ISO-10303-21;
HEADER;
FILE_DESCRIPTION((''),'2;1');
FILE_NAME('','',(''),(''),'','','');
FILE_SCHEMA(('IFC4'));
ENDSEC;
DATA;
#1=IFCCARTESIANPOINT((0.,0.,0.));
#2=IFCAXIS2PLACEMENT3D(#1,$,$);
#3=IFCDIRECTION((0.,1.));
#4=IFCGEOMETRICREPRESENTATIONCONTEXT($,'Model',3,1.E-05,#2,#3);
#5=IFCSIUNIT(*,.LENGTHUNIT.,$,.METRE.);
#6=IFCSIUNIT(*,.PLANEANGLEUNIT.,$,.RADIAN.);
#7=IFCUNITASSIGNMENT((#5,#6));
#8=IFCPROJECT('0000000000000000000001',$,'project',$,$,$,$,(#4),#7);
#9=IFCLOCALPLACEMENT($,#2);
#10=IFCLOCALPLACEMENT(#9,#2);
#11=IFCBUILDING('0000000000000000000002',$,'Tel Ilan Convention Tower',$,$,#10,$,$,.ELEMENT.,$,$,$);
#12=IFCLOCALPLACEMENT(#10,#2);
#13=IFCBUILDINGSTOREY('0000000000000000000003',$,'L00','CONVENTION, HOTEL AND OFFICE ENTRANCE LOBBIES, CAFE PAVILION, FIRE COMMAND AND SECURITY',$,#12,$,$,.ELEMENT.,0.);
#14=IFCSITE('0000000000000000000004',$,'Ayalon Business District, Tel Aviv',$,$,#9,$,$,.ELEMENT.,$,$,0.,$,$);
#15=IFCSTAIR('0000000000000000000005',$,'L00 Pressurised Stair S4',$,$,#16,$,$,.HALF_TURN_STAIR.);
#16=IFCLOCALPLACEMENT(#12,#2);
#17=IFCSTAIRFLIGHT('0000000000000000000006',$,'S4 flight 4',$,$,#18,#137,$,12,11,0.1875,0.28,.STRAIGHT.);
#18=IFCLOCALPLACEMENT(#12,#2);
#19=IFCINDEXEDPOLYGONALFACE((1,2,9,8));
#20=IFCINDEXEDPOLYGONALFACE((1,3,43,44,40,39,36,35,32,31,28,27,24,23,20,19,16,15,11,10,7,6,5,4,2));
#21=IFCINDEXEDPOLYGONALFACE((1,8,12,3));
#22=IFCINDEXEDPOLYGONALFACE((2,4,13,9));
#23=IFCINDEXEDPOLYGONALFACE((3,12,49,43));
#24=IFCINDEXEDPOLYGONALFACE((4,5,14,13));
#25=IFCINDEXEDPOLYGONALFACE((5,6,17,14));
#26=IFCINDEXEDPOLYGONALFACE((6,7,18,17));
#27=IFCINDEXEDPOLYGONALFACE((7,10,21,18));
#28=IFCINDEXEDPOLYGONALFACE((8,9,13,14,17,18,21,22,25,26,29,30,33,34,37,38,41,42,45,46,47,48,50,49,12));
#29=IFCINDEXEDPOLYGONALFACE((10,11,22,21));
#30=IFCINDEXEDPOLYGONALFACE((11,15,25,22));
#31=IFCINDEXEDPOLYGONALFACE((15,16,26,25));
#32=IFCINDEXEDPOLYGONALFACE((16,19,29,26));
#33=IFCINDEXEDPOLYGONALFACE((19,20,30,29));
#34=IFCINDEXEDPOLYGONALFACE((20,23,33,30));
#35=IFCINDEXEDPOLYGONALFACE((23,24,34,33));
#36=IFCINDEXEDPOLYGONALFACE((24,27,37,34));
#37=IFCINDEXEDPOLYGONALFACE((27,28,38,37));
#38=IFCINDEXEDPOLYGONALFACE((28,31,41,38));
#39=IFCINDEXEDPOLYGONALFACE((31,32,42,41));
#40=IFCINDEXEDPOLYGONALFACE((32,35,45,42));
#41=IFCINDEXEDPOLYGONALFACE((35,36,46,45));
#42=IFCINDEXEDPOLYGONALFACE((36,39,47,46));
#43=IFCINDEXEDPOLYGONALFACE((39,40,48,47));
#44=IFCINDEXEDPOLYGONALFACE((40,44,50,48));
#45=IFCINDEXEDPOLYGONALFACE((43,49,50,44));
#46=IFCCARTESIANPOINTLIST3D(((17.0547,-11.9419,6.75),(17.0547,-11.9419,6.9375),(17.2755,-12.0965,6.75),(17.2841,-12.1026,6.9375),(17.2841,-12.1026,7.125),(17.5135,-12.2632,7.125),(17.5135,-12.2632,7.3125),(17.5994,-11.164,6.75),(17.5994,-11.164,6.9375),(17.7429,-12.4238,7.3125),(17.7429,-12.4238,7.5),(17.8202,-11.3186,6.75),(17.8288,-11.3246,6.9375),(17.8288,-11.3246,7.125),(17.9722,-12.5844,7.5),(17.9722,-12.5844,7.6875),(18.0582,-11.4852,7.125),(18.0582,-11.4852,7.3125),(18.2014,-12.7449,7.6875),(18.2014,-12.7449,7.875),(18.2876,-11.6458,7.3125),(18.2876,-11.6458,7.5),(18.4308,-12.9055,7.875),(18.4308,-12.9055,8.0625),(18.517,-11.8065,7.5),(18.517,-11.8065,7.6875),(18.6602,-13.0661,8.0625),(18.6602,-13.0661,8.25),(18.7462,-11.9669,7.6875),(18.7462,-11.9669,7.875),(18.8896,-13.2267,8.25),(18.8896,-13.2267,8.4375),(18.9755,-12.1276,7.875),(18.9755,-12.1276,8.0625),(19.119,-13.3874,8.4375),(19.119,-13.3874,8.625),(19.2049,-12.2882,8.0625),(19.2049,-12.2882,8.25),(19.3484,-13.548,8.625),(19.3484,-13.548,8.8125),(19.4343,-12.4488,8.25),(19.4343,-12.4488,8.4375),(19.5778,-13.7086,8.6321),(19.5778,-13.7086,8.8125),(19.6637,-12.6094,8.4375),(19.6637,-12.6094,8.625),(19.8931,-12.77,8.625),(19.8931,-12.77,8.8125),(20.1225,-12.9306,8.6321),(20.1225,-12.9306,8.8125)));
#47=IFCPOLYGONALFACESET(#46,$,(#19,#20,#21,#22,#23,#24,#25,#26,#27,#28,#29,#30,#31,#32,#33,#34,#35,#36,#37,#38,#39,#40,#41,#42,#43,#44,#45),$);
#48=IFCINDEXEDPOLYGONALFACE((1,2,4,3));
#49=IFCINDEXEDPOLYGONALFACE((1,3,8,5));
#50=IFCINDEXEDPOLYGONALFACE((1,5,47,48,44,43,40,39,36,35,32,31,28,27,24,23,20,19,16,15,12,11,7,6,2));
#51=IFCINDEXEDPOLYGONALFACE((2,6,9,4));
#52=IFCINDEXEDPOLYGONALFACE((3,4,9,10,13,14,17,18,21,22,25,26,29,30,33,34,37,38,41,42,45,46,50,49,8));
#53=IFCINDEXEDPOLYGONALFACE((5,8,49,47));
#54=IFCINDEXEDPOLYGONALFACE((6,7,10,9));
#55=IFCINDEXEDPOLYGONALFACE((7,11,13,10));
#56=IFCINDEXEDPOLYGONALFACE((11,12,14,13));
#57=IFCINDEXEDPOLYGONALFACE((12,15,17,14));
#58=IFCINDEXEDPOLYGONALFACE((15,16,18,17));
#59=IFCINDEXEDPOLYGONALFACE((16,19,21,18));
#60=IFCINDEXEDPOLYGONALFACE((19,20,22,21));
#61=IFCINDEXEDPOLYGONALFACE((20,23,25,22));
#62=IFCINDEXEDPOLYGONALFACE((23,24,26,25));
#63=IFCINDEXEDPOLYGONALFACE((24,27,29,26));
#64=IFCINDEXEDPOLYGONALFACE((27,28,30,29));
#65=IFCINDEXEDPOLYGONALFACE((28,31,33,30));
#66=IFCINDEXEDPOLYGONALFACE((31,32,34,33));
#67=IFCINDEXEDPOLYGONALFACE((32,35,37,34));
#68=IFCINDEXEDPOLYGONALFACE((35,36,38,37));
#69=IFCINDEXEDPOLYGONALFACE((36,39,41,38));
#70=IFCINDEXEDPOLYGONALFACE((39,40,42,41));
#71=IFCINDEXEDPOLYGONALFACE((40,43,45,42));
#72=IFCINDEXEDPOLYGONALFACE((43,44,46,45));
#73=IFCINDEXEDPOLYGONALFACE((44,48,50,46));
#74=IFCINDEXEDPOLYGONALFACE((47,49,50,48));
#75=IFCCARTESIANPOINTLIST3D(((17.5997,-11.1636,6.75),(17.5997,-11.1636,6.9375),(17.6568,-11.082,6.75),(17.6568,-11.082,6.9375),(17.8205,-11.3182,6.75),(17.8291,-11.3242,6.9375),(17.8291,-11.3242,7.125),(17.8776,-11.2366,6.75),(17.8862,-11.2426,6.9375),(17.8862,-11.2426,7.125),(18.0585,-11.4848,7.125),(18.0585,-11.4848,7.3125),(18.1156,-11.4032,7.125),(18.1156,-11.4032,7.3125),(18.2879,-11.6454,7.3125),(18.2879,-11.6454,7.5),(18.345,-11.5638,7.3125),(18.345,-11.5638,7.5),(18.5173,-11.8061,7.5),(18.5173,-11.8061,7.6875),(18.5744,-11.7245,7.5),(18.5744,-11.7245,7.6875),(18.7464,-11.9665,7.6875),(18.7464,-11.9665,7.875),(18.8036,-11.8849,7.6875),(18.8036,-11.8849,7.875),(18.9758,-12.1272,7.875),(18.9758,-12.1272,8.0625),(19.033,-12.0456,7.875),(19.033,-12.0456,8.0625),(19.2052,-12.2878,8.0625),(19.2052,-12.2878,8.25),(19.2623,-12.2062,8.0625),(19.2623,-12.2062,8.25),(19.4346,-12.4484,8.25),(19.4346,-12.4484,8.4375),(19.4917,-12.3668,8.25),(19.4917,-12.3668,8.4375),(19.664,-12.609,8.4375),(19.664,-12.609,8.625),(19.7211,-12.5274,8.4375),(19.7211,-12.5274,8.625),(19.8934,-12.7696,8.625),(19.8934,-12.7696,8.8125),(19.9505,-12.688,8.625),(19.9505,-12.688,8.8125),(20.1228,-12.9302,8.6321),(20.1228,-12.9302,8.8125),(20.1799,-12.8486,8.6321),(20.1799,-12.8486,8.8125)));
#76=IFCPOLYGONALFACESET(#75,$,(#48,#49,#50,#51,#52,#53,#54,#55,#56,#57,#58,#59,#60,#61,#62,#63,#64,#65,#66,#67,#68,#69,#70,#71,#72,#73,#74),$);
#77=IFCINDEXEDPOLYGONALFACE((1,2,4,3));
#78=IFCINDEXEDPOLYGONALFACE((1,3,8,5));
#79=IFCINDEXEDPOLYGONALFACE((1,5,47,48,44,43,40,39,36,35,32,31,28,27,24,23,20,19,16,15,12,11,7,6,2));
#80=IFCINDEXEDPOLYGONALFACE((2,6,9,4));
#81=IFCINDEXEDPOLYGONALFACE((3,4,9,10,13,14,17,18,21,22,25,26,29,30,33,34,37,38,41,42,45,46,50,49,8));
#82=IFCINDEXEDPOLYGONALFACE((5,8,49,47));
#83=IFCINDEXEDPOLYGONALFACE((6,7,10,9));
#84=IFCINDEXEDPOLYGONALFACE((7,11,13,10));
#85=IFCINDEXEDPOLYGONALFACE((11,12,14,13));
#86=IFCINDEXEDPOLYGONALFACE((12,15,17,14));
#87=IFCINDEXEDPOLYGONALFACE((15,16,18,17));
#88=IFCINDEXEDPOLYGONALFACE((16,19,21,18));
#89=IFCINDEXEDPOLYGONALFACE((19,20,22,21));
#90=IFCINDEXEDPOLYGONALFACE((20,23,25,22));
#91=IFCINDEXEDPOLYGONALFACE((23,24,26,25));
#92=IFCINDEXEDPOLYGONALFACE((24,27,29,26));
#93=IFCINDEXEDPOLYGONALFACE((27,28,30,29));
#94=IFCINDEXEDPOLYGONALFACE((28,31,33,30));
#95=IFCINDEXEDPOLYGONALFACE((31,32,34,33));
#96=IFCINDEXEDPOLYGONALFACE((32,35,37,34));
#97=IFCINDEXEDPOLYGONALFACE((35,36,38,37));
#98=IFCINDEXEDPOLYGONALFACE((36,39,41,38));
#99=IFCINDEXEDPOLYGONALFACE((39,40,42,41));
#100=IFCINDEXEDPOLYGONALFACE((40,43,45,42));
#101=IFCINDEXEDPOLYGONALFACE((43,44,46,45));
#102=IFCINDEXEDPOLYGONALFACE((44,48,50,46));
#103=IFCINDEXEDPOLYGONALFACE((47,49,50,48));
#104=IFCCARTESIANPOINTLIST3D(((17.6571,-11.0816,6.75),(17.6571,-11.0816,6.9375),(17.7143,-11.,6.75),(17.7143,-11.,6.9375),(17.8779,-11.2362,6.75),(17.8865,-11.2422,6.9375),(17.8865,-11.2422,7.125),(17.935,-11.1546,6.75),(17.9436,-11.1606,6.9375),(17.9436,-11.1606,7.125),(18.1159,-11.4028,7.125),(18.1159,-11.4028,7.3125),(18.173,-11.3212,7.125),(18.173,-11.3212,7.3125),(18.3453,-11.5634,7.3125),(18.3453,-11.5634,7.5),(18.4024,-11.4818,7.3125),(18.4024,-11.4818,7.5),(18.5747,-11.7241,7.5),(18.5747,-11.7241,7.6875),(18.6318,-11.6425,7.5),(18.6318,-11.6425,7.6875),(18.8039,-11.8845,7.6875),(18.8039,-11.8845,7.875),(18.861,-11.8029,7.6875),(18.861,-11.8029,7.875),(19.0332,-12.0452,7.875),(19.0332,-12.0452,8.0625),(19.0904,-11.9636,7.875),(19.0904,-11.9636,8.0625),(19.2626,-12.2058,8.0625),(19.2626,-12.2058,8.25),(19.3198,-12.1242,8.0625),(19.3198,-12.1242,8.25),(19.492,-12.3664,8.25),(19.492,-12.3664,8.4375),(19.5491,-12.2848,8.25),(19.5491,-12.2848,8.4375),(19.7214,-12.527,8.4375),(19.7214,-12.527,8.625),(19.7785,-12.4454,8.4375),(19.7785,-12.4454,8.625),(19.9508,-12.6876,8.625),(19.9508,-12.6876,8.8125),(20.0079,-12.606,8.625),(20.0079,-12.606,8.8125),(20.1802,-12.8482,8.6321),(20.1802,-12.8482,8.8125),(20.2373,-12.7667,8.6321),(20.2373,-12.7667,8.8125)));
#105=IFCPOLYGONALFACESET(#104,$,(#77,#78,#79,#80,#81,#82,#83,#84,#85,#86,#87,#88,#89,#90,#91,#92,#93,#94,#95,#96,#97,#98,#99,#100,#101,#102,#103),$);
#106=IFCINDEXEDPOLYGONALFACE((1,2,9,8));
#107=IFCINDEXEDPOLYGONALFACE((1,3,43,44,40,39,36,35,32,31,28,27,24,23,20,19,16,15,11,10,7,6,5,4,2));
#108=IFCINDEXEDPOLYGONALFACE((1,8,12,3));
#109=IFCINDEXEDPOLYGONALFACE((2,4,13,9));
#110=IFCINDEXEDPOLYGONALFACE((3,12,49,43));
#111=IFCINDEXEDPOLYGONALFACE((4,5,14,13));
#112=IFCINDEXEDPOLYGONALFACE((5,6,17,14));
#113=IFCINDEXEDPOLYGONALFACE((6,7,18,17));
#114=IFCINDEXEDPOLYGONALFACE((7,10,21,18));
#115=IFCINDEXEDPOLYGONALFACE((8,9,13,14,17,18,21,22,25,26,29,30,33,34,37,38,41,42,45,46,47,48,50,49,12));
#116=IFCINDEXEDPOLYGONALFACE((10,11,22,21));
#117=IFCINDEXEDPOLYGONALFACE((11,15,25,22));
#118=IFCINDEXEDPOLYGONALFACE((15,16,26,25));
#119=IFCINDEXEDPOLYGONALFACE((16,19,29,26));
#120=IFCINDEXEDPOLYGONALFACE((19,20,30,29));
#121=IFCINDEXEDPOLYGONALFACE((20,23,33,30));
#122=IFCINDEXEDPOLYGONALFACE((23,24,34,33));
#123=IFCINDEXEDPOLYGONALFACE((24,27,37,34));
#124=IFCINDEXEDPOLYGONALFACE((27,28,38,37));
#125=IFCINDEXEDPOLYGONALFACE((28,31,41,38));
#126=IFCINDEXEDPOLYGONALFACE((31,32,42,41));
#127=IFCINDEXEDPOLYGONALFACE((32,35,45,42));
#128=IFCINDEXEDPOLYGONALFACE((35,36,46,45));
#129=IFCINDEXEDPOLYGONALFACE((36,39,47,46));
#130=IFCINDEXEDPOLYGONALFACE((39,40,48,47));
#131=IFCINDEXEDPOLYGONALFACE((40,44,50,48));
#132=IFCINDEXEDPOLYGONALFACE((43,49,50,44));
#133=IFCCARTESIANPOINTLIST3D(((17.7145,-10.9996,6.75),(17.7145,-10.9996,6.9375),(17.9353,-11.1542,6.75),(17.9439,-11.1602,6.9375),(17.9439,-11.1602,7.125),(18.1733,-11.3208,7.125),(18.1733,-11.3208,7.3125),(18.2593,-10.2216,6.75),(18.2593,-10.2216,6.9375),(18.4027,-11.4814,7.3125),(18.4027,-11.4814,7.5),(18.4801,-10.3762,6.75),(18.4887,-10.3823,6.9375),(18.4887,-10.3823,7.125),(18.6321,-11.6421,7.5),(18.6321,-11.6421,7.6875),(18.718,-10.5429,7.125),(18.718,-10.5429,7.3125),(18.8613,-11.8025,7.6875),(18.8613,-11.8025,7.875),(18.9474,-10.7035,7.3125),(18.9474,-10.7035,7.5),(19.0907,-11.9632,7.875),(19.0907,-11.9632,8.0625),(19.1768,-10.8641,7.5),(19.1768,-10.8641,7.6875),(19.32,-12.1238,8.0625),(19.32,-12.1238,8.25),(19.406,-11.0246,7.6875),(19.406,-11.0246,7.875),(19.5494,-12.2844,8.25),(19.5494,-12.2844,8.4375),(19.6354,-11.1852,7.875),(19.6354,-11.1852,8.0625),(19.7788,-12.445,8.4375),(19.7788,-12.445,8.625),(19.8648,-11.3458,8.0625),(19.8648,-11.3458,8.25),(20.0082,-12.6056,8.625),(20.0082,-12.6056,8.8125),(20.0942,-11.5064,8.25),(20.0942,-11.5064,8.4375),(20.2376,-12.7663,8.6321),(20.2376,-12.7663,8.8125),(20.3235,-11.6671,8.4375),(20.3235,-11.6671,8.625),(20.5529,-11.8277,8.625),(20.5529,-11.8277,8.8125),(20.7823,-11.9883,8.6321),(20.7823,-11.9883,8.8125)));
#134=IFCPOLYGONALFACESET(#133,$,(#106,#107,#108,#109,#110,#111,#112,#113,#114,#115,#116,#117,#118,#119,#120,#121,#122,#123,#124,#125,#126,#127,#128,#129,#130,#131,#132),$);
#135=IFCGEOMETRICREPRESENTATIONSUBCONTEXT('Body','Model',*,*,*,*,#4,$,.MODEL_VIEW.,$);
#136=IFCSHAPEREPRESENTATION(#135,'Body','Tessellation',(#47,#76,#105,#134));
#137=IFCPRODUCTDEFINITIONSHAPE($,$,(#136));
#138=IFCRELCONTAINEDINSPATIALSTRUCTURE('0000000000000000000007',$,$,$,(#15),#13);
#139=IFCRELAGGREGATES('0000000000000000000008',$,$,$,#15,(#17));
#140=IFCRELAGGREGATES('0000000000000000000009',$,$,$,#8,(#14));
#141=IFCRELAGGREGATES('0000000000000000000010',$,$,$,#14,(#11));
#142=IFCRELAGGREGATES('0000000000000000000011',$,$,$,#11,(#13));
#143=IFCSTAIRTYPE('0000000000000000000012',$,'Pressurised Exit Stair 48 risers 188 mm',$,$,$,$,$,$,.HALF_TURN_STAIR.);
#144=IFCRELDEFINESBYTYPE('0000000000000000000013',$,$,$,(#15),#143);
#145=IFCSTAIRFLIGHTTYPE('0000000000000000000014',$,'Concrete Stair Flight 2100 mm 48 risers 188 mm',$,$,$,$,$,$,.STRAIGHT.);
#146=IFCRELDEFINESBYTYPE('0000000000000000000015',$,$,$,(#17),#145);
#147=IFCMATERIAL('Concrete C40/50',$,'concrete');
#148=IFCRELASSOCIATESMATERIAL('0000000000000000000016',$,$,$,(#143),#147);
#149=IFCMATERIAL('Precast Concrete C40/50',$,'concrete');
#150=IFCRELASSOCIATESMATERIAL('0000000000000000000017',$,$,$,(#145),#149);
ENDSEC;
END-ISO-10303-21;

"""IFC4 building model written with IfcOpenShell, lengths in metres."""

from ifc_helpers import new_model, si_unit, direction, frame, origin, place, context, subcontext, project, spatial, polyline, outline, extrude, material, type_object, element, aggregate, save


model = new_model("IFC4")

# Units and contexts
model_context = context("Model", 3, precision=1e-05, world=origin(), true_north=direction((0.0, 1.0)))
body_context = subcontext(model_context, "Body", "Model", "MODEL_VIEW")
ifc_project = project(units=[si_unit("LENGTHUNIT", "METRE"), si_unit("PLANEANGLEUNIT", "RADIAN")], contexts=[model_context])

# Site, building, storey
site_placement = place(None, origin())
site = spatial("IfcSite", under=ifc_project, at=site_placement, Name="Ayalon Business District, Tel Aviv", CompositionType="ELEMENT", RefElevation=0.0)
building_placement = place(site_placement, origin())
building = spatial("IfcBuilding", under=site, at=building_placement, Name="Tel Ilan Convention Tower", CompositionType="ELEMENT")
storey_placement = place(building_placement, origin())
storey = spatial("IfcBuildingStorey", under=building, at=storey_placement, Name="L00", Description="CONVENTION, HOTEL AND OFFICE ENTRANCE LOBBIES, CAFE PAVILION, FIRE COMMAND AND SECURITY", CompositionType="ELEMENT", Elevation=0.0)

# Stair, stair flight
ifc_material_1 = material(Name="Concrete C40/50", Category="concrete")
stair_type = type_object("IfcStairType", Name="Pressurised Exit Stair 48 risers 188 mm", PredefinedType="HALF_TURN_STAIR", material=ifc_material_1)
stair_placement = place(storey_placement, origin())
stair = element("IfcStair", 1, at=stair_placement, inside=storey, type_object=stair_type, Name="L00 Pressurised Stair S4", PredefinedType="HALF_TURN_STAIR")
ifc_material_2 = material(Name="Precast Concrete C40/50", Category="concrete")
stair_flight_type = type_object("IfcStairFlightType", Name="Concrete Stair Flight 2100 mm 48 risers 188 mm", PredefinedType="STRAIGHT", material=ifc_material_2)
stair_flight_1_placement = place(storey_placement, frame((17.657, -11.0818, 6.75), z_axis=(0.0, 0.0, 1.0), x_axis=(0.819152, -0.573576, 0.0)))
stair_flight_1 = element("IfcStairFlight", 2, at=stair_flight_1_placement, type_object=stair_flight_type, Name="S4 flight 4", NumberOfRisers=12, NumberOfTreads=11, PredefinedType="STRAIGHT", RiserHeight=0.1875, TreadLength=0.28, context=body_context, shape_type="SweptSolid", body=[
    extrude(outline(polyline([(0.0, 0.0), (0.0, 0.1875), (0.28, 0.1875), (0.28, 0.375), (0.5601, 0.375), (0.5601, 0.5625), (0.8401, 0.5625), (0.8401, 0.75), (1.1201, 0.75), (1.1201, 0.9375), (1.3999, 0.9375), (1.3999, 1.125), (1.6799, 1.125), (1.6799, 1.3125), (1.96, 1.3125), (1.96, 1.5), (2.24, 1.5), (2.24, 1.6875), (2.52, 1.6875), (2.52, 1.875), (2.8, 1.875), (2.8, 2.0625), (3.0801, 2.0625), (3.0801, 2.25), (3.0801, 1.8821), (0.2695, 0.0), (0.0, 0.0)])), frame((0.0, -0.1003, 0.0), z_axis=(0.0, -1.0, 0.0), x_axis=(1.0, 0.0, 0.0)), (0.0, 0.0, 1.0), 0.9497),
    extrude(outline(polyline([(0.0, 0.0), (0.0, 0.1875), (0.28, 0.1875), (0.28, 0.375), (0.5601, 0.375), (0.5601, 0.5625), (0.8401, 0.5625), (0.8401, 0.75), (1.1201, 0.75), (1.1201, 0.9375), (1.3999, 0.9375), (1.3999, 1.125), (1.6799, 1.125), (1.6799, 1.3125), (1.96, 1.3125), (1.96, 1.5), (2.24, 1.5), (2.24, 1.6875), (2.52, 1.6875), (2.52, 1.875), (2.8, 1.875), (2.8, 2.0625), (3.0801, 2.0625), (3.0801, 2.25), (3.0801, 1.8821), (0.2695, 0.0), (0.0, 0.0)])), frame((0.0, -0.0002, 0.0), z_axis=(0.0, -1.0, 0.0), x_axis=(1.0, 0.0, 0.0)), (0.0, 0.0, 1.0), 0.0996),
    extrude(outline(polyline([(0.0, 0.0), (0.0, 0.1875), (0.28, 0.1875), (0.28, 0.375), (0.5601, 0.375), (0.5601, 0.5625), (0.8401, 0.5625), (0.8401, 0.75), (1.1201, 0.75), (1.1201, 0.9375), (1.3999, 0.9375), (1.3999, 1.125), (1.6799, 1.125), (1.6799, 1.3125), (1.96, 1.3125), (1.96, 1.5), (2.24, 1.5), (2.24, 1.6875), (2.52, 1.6875), (2.52, 1.875), (2.8, 1.875), (2.8, 2.0625), (3.0801, 2.0625), (3.0801, 2.25), (3.0801, 1.8821), (0.2695, 0.0), (0.0, 0.0)])), frame((0.0, 0.0999, 0.0), z_axis=(0.0, -1.0, 0.0), x_axis=(1.0, 0.0, 0.0)), (0.0, 0.0, 1.0), 0.0996),
    extrude(outline(polyline([(0.0, 0.0), (0.0, 0.1875), (0.28, 0.1875), (0.28, 0.375), (0.5601, 0.375), (0.5601, 0.5625), (0.8401, 0.5625), (0.8401, 0.75), (1.1201, 0.75), (1.1201, 0.9375), (1.3999, 0.9375), (1.3999, 1.125), (1.6799, 1.125), (1.6799, 1.3125), (1.96, 1.3125), (1.96, 1.5), (2.24, 1.5), (2.24, 1.6875), (2.52, 1.6875), (2.52, 1.875), (2.8, 1.875), (2.8, 2.0625), (3.0801, 2.0625), (3.0801, 2.25), (3.0801, 1.8821), (0.2695, 0.0), (0.0, 0.0)])), frame((0.0, 1.05, 0.0), z_axis=(0.0, -1.0, 0.0), x_axis=(1.0, 0.0, 0.0)), (0.0, 0.0, 1.0), 0.9497),
])
aggregate(stair, [stair_flight_1])

save(model, "model.ifc")
